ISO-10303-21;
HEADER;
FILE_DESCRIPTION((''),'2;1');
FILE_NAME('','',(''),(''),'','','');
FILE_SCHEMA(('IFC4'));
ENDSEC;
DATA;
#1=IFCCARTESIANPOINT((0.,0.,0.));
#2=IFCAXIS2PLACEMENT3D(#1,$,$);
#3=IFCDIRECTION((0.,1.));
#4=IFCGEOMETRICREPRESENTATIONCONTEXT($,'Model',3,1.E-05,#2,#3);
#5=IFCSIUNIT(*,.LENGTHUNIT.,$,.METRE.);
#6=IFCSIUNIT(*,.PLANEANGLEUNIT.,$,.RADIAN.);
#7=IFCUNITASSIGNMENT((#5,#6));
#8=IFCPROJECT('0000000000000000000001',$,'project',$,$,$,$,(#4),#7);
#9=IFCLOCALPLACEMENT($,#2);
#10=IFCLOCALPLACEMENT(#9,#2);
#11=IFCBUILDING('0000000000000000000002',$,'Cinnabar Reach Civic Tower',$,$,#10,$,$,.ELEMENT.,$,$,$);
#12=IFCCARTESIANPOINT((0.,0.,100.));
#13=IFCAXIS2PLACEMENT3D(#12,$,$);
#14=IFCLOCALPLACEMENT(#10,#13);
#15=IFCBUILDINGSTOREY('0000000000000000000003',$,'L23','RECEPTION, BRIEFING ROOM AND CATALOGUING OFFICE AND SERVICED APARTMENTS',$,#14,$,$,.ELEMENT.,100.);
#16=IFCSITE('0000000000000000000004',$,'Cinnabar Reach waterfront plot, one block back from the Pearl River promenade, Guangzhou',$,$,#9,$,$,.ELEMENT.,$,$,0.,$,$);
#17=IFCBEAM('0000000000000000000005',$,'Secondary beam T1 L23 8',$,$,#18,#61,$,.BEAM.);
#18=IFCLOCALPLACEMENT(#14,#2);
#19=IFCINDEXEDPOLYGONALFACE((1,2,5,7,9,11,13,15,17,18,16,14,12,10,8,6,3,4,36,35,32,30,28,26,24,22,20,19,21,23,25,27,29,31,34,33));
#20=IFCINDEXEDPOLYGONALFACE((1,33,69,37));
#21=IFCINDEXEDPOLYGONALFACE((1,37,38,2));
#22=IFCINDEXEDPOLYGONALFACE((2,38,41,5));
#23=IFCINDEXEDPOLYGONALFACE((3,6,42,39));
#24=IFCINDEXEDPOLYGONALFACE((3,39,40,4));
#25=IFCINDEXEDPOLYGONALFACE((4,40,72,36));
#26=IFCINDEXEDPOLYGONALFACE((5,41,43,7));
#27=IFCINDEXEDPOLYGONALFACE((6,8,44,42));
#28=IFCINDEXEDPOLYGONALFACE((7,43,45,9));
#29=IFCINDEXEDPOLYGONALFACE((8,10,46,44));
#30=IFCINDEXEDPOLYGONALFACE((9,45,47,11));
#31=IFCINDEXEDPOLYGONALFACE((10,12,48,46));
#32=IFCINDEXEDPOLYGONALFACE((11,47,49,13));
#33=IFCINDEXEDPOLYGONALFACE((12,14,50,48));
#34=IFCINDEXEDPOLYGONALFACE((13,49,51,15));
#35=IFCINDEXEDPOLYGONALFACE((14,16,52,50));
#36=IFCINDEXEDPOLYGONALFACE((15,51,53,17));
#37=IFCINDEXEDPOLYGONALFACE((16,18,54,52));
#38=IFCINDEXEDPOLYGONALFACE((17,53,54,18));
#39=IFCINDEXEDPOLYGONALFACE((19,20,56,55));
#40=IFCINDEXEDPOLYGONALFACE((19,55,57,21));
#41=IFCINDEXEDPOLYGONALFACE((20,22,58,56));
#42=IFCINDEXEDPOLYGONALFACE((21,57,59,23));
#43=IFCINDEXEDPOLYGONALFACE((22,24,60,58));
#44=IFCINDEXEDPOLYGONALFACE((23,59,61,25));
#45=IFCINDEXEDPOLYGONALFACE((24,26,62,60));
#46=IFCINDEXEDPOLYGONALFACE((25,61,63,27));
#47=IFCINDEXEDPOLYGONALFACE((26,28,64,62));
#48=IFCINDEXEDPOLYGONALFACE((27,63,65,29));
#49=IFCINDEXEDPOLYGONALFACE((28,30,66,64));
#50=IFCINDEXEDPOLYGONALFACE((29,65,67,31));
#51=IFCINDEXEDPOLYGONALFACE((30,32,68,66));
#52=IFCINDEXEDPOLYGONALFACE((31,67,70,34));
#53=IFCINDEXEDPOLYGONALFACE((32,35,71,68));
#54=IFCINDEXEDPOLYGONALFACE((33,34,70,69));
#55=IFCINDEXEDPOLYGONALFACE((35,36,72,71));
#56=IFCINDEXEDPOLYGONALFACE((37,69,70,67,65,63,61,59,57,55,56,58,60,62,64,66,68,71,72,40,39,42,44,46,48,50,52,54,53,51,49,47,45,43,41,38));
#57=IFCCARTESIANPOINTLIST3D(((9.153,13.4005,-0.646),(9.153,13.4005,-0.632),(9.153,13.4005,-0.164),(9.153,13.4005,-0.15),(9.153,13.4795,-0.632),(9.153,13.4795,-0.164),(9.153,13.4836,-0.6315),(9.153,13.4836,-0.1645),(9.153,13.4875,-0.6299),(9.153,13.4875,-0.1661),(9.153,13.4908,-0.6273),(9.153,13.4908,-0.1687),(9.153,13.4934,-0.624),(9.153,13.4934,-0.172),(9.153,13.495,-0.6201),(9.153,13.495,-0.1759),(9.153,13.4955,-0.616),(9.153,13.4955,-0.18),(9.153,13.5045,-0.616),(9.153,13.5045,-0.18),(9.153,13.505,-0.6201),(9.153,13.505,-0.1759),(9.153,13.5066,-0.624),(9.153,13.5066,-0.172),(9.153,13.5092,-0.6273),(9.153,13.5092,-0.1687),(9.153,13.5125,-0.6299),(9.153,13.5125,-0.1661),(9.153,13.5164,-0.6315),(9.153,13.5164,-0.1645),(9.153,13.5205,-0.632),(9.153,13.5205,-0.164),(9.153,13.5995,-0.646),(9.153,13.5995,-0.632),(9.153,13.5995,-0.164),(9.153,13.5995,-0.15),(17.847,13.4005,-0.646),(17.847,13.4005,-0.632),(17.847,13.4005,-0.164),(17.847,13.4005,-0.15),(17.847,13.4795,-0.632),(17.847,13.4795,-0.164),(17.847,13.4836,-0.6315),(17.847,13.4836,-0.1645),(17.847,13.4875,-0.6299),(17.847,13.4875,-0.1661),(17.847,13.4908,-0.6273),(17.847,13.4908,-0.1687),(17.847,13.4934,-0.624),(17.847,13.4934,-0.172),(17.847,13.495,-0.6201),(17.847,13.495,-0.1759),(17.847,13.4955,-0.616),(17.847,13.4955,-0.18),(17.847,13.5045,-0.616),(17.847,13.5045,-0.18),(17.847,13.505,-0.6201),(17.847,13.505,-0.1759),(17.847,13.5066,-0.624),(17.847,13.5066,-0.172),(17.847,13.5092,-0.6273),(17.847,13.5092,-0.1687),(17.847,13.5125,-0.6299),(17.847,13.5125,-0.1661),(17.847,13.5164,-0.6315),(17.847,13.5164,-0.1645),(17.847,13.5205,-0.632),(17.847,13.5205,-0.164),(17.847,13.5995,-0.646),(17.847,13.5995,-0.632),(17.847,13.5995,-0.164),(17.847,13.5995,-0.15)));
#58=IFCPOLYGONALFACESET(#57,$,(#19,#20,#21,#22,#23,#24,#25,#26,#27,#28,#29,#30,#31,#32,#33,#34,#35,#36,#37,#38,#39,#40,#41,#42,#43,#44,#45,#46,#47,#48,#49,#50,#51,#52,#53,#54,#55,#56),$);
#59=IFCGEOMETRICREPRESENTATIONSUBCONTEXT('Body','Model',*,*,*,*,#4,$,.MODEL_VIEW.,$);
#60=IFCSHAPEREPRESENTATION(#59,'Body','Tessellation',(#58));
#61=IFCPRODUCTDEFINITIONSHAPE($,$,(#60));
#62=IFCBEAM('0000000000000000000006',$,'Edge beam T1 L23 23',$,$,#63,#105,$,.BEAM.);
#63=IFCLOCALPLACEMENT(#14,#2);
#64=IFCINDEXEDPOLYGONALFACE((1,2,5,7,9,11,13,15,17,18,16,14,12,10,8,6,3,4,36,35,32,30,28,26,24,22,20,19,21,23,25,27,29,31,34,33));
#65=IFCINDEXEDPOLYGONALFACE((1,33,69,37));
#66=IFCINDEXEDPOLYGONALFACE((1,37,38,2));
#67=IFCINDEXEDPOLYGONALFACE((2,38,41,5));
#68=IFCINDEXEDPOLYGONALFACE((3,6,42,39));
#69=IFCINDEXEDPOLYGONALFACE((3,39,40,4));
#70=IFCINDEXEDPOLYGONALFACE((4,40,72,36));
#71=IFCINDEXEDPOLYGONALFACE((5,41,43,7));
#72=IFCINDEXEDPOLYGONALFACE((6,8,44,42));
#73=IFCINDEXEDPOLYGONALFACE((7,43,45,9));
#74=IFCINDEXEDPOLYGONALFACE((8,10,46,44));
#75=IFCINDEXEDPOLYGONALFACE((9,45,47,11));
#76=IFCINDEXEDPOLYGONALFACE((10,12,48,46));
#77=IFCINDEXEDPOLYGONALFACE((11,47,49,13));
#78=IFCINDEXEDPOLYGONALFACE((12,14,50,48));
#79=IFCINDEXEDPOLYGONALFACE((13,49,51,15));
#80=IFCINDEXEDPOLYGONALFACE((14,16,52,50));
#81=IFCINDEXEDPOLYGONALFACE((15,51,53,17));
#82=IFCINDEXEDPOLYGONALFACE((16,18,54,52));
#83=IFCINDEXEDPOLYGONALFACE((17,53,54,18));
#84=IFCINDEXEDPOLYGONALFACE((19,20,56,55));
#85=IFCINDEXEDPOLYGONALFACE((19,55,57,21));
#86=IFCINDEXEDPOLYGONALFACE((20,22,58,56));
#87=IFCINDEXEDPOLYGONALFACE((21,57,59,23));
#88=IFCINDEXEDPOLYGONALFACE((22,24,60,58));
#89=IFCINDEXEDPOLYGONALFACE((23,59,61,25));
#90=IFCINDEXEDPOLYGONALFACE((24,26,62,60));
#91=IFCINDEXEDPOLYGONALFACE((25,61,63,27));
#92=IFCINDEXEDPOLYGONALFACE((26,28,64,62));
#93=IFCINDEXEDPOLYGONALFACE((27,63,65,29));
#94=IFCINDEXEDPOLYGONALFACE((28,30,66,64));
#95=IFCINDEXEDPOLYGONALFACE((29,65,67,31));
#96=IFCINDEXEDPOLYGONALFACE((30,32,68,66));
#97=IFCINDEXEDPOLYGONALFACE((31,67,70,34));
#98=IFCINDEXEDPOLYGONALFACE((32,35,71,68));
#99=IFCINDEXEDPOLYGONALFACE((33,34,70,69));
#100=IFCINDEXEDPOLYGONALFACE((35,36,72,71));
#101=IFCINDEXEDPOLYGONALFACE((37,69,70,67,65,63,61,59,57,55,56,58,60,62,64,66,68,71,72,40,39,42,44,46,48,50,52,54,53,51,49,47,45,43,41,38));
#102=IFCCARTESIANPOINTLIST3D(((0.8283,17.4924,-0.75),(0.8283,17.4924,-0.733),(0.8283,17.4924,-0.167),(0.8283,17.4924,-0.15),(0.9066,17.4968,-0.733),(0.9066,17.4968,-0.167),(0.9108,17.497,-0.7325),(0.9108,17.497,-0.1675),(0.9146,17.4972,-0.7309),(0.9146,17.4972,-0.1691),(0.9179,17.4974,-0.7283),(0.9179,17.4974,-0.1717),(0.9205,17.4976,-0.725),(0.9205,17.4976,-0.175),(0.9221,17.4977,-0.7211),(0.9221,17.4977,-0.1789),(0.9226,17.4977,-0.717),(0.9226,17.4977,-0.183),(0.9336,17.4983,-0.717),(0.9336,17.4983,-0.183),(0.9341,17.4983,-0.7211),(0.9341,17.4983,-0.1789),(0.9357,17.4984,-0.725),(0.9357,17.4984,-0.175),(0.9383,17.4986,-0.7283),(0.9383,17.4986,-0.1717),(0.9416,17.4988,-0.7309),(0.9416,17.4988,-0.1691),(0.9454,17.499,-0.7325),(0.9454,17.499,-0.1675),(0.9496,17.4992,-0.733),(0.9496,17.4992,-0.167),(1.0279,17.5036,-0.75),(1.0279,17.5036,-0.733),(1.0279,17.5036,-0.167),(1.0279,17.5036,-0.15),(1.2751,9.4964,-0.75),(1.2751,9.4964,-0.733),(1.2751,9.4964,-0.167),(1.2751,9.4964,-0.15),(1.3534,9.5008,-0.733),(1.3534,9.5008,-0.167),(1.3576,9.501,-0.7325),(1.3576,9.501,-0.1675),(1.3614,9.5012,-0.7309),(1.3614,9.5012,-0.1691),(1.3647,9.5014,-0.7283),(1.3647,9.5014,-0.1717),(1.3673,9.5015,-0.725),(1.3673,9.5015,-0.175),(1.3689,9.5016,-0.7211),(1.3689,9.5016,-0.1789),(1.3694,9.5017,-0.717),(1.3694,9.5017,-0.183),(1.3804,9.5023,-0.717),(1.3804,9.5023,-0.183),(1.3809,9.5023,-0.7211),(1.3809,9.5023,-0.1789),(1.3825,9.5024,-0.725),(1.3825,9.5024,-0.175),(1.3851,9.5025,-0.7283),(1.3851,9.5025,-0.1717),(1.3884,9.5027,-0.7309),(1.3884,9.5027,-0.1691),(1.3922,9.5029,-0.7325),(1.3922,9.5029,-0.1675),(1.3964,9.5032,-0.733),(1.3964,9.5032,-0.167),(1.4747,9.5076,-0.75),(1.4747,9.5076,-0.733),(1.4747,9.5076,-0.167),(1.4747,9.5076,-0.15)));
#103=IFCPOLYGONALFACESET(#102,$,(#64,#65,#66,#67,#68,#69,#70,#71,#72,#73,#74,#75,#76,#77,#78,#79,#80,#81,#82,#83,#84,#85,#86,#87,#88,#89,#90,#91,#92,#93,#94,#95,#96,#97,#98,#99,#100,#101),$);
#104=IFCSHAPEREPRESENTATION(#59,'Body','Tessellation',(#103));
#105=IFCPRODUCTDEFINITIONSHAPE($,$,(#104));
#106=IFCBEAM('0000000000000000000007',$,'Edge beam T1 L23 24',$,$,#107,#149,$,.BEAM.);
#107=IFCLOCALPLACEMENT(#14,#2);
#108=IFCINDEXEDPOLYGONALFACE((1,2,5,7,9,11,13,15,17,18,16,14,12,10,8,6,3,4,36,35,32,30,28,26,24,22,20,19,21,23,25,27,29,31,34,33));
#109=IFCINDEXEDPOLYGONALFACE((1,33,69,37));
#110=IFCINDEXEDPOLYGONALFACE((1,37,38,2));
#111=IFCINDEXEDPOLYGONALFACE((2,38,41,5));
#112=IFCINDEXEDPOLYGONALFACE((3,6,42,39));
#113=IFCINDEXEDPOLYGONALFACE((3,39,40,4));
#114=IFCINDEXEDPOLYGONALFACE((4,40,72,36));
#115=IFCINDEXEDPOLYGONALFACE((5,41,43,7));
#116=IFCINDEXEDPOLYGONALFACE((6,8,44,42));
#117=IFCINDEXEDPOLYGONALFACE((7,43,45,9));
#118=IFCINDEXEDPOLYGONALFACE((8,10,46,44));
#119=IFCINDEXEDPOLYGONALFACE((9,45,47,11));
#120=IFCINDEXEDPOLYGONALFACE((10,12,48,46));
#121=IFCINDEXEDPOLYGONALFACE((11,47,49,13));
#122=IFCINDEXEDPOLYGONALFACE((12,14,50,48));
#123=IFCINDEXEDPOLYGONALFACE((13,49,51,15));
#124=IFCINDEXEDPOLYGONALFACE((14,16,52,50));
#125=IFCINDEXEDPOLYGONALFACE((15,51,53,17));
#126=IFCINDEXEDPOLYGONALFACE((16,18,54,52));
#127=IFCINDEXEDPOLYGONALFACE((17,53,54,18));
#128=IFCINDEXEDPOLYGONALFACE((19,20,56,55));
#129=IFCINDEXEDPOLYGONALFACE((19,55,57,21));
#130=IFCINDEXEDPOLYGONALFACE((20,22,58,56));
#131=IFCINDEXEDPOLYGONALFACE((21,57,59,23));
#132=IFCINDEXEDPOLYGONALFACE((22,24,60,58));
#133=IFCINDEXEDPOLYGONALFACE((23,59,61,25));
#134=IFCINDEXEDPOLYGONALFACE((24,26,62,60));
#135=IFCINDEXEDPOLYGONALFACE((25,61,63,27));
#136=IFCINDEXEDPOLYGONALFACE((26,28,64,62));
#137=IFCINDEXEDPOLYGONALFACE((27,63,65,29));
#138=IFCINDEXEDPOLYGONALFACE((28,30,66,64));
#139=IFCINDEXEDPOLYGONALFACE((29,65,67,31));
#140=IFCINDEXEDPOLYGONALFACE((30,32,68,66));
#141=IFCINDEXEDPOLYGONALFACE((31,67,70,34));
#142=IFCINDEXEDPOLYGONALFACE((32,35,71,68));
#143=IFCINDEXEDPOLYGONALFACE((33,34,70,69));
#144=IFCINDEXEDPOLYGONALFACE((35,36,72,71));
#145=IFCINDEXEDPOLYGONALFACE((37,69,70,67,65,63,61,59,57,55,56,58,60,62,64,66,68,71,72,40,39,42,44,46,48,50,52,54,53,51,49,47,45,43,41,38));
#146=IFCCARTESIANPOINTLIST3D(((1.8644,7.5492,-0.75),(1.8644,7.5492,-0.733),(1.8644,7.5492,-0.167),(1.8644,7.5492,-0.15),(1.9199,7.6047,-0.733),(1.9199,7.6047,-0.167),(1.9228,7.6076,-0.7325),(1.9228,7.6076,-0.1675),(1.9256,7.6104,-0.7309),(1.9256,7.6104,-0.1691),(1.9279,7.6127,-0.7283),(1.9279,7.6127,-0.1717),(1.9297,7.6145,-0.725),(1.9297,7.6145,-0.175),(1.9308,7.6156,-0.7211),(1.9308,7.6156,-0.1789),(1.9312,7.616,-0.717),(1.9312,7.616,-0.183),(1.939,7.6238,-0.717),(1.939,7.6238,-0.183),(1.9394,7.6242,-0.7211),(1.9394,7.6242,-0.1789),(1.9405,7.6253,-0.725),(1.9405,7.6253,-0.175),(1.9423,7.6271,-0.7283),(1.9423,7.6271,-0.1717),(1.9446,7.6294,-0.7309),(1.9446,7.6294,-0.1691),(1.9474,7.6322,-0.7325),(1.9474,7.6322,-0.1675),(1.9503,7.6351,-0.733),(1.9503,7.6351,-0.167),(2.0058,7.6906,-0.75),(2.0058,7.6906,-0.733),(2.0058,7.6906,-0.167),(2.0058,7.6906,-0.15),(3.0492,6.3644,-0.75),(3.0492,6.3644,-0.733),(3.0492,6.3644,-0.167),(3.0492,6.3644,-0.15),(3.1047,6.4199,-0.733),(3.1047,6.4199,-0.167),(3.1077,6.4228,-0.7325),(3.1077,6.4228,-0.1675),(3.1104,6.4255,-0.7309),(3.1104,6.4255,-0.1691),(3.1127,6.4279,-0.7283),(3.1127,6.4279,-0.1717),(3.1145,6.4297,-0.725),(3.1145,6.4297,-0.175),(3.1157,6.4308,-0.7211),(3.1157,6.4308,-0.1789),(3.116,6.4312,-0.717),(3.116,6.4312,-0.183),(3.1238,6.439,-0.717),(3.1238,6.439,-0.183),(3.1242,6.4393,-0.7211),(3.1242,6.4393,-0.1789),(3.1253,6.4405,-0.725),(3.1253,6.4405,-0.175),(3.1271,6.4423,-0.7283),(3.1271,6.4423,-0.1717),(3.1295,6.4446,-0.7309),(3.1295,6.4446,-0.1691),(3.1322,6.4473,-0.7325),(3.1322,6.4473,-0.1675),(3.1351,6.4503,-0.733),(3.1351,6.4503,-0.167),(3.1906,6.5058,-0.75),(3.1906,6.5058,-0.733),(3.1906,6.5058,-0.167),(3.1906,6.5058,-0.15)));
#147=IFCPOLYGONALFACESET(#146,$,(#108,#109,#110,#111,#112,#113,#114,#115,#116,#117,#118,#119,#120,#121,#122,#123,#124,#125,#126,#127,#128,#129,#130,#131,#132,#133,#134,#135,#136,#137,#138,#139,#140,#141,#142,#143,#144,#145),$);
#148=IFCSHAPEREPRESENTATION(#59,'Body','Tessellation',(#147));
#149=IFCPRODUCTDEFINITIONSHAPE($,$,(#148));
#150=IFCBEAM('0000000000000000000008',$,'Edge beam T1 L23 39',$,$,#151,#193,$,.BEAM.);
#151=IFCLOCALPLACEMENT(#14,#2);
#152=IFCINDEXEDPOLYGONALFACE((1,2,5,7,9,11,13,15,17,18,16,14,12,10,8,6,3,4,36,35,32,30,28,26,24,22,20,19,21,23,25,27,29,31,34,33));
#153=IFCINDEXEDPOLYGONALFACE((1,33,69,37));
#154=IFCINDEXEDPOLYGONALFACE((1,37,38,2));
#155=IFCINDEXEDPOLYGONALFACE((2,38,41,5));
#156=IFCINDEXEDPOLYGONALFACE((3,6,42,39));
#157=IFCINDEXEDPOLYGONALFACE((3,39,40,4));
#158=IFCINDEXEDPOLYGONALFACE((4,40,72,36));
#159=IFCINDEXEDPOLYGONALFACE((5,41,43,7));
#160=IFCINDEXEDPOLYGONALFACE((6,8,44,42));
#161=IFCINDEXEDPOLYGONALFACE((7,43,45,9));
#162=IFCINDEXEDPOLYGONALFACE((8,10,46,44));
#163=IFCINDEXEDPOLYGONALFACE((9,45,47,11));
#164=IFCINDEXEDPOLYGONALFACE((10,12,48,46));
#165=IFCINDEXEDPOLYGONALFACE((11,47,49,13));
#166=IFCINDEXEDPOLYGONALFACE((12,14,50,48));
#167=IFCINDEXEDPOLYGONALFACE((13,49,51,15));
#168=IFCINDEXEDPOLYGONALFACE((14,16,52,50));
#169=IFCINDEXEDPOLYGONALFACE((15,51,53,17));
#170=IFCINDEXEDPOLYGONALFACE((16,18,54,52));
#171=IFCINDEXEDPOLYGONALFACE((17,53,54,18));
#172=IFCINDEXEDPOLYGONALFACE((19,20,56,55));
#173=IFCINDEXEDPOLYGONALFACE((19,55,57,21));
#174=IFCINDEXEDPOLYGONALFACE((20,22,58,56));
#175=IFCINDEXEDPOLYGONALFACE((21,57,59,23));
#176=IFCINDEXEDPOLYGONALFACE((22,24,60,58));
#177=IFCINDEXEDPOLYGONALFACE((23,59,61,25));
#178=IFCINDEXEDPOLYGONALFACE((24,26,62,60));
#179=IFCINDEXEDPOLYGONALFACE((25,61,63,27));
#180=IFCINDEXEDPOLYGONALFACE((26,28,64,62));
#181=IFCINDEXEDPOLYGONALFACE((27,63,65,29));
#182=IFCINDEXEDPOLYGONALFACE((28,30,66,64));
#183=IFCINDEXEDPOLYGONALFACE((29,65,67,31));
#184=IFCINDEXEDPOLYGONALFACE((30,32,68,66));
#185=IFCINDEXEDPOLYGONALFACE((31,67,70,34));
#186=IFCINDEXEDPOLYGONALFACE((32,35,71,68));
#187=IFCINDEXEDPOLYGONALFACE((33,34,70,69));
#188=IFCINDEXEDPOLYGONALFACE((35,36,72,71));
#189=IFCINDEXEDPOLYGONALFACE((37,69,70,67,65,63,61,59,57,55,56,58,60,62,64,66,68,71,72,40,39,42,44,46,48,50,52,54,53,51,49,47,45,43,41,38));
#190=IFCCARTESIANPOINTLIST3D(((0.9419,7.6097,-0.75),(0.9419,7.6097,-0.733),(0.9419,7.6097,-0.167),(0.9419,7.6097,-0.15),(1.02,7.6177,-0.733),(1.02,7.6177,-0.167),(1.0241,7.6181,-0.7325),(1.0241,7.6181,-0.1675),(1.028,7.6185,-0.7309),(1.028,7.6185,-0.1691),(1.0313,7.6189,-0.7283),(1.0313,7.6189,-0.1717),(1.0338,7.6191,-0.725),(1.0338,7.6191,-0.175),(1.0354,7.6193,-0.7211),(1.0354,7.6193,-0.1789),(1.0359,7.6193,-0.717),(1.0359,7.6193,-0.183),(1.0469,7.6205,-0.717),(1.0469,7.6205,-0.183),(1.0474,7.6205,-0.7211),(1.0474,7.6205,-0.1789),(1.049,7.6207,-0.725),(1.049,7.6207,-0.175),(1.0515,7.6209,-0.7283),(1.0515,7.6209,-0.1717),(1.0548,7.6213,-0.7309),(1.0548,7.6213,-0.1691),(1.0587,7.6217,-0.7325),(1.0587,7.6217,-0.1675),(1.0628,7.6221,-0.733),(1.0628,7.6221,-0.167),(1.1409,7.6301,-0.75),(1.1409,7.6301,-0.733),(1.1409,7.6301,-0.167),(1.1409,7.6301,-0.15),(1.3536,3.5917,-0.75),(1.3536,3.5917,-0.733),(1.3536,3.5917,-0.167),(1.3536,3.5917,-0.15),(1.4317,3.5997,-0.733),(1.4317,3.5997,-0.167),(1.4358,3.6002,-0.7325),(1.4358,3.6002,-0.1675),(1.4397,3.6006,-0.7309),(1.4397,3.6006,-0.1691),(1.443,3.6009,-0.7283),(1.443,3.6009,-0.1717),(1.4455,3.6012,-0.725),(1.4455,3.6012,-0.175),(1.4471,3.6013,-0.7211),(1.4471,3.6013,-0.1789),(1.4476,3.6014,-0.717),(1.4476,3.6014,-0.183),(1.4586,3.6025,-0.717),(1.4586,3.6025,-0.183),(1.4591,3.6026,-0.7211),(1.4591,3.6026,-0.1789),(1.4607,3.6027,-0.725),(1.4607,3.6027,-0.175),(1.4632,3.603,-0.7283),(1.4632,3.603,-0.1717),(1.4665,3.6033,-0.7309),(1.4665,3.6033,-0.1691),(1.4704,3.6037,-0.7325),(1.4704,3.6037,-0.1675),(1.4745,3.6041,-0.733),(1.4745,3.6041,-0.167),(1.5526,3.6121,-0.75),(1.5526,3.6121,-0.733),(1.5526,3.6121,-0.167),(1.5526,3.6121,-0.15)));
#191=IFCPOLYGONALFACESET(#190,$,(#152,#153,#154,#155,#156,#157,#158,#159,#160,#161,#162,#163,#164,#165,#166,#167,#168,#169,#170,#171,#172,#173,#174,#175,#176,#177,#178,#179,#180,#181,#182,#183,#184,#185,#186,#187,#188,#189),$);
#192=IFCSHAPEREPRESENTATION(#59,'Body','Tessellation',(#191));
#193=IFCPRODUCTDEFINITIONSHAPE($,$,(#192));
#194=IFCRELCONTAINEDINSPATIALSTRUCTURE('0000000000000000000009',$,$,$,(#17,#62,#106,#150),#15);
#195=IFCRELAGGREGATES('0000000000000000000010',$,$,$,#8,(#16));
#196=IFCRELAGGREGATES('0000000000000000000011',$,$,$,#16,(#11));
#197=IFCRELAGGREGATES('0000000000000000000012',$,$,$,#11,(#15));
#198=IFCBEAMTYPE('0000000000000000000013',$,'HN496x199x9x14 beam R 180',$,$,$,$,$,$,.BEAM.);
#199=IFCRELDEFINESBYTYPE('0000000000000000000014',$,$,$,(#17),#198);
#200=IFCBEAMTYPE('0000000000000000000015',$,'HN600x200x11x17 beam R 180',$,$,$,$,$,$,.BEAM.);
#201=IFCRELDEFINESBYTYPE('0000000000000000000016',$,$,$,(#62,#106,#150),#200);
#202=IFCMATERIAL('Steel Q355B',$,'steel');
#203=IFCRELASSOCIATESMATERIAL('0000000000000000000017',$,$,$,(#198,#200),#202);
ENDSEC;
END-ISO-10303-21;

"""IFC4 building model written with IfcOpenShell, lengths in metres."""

from ifc_helpers import new_model, si_unit, direction, frame, origin, origin_2d, place, context, subcontext, project, spatial, i_section, extrude, material, material_profile, profile_set, type_object, element, save


model = new_model("IFC4")

# Units and contexts
model_context = context("Model", 3, precision=1e-05, world=origin(), true_north=direction((0.0, 1.0)))
body_context = subcontext(model_context, "Body", "Model", "MODEL_VIEW")
ifc_project = project(units=[si_unit("LENGTHUNIT", "METRE"), si_unit("PLANEANGLEUNIT", "RADIAN")], contexts=[model_context])

# Site, building, storey
site_placement = place(None, origin())
site = spatial("IfcSite", under=ifc_project, at=site_placement, Name="Cinnabar Reach waterfront plot, one block back from the Pearl River promenade, Guangzhou", CompositionType="ELEMENT", RefElevation=0.0)
building_placement = place(site_placement, origin())
building = spatial("IfcBuilding", under=site, at=building_placement, Name="Cinnabar Reach Civic Tower", CompositionType="ELEMENT")
storey_placement = place(building_placement, frame((0.0, 0.0, 100.0)))
storey = spatial("IfcBuildingStorey", under=building, at=storey_placement, Name="L23", Description="RECEPTION, BRIEFING ROOM AND CATALOGUING OFFICE AND SERVICED APARTMENTS", CompositionType="ELEMENT", Elevation=100.0)

# Beams
ifc_material_1 = material(Name="Steel Q355B", Category="steel")
ifc_material_profile_1 = material_profile(ifc_material_1, i_section(OverallWidth=0.199, OverallDepth=0.496, WebThickness=0.009, FlangeThickness=0.014, FilletRadius=0.016, at=origin_2d()), Name="HN496x199x9x14")
ifc_profile_set_1 = profile_set([ifc_material_profile_1], Name="Steel Q355B")
beam_type_1 = type_object("IfcBeamType", Name="HN496x199x9x14 beam R 180", PredefinedType="BEAM", material=ifc_profile_set_1)
beam_1_placement = place(storey_placement, frame((9.153, 13.5, -0.398), z_axis=(1.0, 0.0, 0.0), x_axis=(0.0, 1.0, 0.0)))
element("IfcBeam", 1, at=beam_1_placement, inside=storey, type_object=beam_type_1, Name="Secondary beam T1 L23 8", PredefinedType="BEAM", context=body_context, shape_type="SweptSolid", body=[
    extrude(i_section(OverallWidth=0.199, OverallDepth=0.496, WebThickness=0.009, FlangeThickness=0.014, FilletRadius=0.016, at=origin_2d()), origin(), (0.0, 0.0, 1.0), 8.694),
])
ifc_material_profile_2 = material_profile(ifc_material_1, i_section(OverallWidth=0.2, OverallDepth=0.6, WebThickness=0.011, FlangeThickness=0.017, FilletRadius=0.016, at=origin_2d()), Name="HN600x200x11x17")
ifc_profile_set_2 = profile_set([ifc_material_profile_2], Name="Steel Q355B")
beam_type_2 = type_object("IfcBeamType", Name="HN600x200x11x17 beam R 180", PredefinedType="BEAM", material=ifc_profile_set_2)
beam_2_placement = place(storey_placement, frame((0.9281, 17.498, -0.45), z_axis=(0.055791, -0.998442, 0.0), x_axis=(0.998442, 0.055791, 0.0)))
element("IfcBeam", 2, at=beam_2_placement, inside=storey, type_object=beam_type_2, Name="Edge beam T1 L23 23", PredefinedType="BEAM", context=body_context, shape_type="SweptSolid", body=[
    extrude(i_section(OverallWidth=0.2, OverallDepth=0.6, WebThickness=0.011, FlangeThickness=0.017, FilletRadius=0.016, at=origin_2d()), origin(), (0.0, 0.0, 1.0), 8.0085),
])
beam_3_placement = place(storey_placement, frame((1.9351, 7.6199, -0.45), z_axis=(0.707107, -0.707107, 0.0), x_axis=(0.707107, 0.707107, 0.0)))
element("IfcBeam", 3, at=beam_3_placement, inside=storey, type_object=beam_type_2, Name="Edge beam T1 L23 24", PredefinedType="BEAM", context=body_context, shape_type="SweptSolid", body=[
    extrude(i_section(OverallWidth=0.2, OverallDepth=0.6, WebThickness=0.011, FlangeThickness=0.017, FilletRadius=0.016, at=origin_2d()), origin(), (0.0, 0.0, 1.0), 1.6756),
])
beam_4_placement = place(storey_placement, frame((1.0414, 7.6199, -0.45), z_axis=(0.10193, -0.994792, 0.0), x_axis=(0.994792, 0.10193, 0.0)))
element("IfcBeam", 4, at=beam_4_placement, inside=storey, type_object=beam_type_2, Name="Edge beam T1 L23 39", PredefinedType="BEAM", context=body_context, shape_type="SweptSolid", body=[
    extrude(i_section(OverallWidth=0.2, OverallDepth=0.6, WebThickness=0.011, FlangeThickness=0.017, FilletRadius=0.016, at=origin_2d()), origin(), (0.0, 0.0, 1.0), 4.039),
])

save(model, "model.ifc")
